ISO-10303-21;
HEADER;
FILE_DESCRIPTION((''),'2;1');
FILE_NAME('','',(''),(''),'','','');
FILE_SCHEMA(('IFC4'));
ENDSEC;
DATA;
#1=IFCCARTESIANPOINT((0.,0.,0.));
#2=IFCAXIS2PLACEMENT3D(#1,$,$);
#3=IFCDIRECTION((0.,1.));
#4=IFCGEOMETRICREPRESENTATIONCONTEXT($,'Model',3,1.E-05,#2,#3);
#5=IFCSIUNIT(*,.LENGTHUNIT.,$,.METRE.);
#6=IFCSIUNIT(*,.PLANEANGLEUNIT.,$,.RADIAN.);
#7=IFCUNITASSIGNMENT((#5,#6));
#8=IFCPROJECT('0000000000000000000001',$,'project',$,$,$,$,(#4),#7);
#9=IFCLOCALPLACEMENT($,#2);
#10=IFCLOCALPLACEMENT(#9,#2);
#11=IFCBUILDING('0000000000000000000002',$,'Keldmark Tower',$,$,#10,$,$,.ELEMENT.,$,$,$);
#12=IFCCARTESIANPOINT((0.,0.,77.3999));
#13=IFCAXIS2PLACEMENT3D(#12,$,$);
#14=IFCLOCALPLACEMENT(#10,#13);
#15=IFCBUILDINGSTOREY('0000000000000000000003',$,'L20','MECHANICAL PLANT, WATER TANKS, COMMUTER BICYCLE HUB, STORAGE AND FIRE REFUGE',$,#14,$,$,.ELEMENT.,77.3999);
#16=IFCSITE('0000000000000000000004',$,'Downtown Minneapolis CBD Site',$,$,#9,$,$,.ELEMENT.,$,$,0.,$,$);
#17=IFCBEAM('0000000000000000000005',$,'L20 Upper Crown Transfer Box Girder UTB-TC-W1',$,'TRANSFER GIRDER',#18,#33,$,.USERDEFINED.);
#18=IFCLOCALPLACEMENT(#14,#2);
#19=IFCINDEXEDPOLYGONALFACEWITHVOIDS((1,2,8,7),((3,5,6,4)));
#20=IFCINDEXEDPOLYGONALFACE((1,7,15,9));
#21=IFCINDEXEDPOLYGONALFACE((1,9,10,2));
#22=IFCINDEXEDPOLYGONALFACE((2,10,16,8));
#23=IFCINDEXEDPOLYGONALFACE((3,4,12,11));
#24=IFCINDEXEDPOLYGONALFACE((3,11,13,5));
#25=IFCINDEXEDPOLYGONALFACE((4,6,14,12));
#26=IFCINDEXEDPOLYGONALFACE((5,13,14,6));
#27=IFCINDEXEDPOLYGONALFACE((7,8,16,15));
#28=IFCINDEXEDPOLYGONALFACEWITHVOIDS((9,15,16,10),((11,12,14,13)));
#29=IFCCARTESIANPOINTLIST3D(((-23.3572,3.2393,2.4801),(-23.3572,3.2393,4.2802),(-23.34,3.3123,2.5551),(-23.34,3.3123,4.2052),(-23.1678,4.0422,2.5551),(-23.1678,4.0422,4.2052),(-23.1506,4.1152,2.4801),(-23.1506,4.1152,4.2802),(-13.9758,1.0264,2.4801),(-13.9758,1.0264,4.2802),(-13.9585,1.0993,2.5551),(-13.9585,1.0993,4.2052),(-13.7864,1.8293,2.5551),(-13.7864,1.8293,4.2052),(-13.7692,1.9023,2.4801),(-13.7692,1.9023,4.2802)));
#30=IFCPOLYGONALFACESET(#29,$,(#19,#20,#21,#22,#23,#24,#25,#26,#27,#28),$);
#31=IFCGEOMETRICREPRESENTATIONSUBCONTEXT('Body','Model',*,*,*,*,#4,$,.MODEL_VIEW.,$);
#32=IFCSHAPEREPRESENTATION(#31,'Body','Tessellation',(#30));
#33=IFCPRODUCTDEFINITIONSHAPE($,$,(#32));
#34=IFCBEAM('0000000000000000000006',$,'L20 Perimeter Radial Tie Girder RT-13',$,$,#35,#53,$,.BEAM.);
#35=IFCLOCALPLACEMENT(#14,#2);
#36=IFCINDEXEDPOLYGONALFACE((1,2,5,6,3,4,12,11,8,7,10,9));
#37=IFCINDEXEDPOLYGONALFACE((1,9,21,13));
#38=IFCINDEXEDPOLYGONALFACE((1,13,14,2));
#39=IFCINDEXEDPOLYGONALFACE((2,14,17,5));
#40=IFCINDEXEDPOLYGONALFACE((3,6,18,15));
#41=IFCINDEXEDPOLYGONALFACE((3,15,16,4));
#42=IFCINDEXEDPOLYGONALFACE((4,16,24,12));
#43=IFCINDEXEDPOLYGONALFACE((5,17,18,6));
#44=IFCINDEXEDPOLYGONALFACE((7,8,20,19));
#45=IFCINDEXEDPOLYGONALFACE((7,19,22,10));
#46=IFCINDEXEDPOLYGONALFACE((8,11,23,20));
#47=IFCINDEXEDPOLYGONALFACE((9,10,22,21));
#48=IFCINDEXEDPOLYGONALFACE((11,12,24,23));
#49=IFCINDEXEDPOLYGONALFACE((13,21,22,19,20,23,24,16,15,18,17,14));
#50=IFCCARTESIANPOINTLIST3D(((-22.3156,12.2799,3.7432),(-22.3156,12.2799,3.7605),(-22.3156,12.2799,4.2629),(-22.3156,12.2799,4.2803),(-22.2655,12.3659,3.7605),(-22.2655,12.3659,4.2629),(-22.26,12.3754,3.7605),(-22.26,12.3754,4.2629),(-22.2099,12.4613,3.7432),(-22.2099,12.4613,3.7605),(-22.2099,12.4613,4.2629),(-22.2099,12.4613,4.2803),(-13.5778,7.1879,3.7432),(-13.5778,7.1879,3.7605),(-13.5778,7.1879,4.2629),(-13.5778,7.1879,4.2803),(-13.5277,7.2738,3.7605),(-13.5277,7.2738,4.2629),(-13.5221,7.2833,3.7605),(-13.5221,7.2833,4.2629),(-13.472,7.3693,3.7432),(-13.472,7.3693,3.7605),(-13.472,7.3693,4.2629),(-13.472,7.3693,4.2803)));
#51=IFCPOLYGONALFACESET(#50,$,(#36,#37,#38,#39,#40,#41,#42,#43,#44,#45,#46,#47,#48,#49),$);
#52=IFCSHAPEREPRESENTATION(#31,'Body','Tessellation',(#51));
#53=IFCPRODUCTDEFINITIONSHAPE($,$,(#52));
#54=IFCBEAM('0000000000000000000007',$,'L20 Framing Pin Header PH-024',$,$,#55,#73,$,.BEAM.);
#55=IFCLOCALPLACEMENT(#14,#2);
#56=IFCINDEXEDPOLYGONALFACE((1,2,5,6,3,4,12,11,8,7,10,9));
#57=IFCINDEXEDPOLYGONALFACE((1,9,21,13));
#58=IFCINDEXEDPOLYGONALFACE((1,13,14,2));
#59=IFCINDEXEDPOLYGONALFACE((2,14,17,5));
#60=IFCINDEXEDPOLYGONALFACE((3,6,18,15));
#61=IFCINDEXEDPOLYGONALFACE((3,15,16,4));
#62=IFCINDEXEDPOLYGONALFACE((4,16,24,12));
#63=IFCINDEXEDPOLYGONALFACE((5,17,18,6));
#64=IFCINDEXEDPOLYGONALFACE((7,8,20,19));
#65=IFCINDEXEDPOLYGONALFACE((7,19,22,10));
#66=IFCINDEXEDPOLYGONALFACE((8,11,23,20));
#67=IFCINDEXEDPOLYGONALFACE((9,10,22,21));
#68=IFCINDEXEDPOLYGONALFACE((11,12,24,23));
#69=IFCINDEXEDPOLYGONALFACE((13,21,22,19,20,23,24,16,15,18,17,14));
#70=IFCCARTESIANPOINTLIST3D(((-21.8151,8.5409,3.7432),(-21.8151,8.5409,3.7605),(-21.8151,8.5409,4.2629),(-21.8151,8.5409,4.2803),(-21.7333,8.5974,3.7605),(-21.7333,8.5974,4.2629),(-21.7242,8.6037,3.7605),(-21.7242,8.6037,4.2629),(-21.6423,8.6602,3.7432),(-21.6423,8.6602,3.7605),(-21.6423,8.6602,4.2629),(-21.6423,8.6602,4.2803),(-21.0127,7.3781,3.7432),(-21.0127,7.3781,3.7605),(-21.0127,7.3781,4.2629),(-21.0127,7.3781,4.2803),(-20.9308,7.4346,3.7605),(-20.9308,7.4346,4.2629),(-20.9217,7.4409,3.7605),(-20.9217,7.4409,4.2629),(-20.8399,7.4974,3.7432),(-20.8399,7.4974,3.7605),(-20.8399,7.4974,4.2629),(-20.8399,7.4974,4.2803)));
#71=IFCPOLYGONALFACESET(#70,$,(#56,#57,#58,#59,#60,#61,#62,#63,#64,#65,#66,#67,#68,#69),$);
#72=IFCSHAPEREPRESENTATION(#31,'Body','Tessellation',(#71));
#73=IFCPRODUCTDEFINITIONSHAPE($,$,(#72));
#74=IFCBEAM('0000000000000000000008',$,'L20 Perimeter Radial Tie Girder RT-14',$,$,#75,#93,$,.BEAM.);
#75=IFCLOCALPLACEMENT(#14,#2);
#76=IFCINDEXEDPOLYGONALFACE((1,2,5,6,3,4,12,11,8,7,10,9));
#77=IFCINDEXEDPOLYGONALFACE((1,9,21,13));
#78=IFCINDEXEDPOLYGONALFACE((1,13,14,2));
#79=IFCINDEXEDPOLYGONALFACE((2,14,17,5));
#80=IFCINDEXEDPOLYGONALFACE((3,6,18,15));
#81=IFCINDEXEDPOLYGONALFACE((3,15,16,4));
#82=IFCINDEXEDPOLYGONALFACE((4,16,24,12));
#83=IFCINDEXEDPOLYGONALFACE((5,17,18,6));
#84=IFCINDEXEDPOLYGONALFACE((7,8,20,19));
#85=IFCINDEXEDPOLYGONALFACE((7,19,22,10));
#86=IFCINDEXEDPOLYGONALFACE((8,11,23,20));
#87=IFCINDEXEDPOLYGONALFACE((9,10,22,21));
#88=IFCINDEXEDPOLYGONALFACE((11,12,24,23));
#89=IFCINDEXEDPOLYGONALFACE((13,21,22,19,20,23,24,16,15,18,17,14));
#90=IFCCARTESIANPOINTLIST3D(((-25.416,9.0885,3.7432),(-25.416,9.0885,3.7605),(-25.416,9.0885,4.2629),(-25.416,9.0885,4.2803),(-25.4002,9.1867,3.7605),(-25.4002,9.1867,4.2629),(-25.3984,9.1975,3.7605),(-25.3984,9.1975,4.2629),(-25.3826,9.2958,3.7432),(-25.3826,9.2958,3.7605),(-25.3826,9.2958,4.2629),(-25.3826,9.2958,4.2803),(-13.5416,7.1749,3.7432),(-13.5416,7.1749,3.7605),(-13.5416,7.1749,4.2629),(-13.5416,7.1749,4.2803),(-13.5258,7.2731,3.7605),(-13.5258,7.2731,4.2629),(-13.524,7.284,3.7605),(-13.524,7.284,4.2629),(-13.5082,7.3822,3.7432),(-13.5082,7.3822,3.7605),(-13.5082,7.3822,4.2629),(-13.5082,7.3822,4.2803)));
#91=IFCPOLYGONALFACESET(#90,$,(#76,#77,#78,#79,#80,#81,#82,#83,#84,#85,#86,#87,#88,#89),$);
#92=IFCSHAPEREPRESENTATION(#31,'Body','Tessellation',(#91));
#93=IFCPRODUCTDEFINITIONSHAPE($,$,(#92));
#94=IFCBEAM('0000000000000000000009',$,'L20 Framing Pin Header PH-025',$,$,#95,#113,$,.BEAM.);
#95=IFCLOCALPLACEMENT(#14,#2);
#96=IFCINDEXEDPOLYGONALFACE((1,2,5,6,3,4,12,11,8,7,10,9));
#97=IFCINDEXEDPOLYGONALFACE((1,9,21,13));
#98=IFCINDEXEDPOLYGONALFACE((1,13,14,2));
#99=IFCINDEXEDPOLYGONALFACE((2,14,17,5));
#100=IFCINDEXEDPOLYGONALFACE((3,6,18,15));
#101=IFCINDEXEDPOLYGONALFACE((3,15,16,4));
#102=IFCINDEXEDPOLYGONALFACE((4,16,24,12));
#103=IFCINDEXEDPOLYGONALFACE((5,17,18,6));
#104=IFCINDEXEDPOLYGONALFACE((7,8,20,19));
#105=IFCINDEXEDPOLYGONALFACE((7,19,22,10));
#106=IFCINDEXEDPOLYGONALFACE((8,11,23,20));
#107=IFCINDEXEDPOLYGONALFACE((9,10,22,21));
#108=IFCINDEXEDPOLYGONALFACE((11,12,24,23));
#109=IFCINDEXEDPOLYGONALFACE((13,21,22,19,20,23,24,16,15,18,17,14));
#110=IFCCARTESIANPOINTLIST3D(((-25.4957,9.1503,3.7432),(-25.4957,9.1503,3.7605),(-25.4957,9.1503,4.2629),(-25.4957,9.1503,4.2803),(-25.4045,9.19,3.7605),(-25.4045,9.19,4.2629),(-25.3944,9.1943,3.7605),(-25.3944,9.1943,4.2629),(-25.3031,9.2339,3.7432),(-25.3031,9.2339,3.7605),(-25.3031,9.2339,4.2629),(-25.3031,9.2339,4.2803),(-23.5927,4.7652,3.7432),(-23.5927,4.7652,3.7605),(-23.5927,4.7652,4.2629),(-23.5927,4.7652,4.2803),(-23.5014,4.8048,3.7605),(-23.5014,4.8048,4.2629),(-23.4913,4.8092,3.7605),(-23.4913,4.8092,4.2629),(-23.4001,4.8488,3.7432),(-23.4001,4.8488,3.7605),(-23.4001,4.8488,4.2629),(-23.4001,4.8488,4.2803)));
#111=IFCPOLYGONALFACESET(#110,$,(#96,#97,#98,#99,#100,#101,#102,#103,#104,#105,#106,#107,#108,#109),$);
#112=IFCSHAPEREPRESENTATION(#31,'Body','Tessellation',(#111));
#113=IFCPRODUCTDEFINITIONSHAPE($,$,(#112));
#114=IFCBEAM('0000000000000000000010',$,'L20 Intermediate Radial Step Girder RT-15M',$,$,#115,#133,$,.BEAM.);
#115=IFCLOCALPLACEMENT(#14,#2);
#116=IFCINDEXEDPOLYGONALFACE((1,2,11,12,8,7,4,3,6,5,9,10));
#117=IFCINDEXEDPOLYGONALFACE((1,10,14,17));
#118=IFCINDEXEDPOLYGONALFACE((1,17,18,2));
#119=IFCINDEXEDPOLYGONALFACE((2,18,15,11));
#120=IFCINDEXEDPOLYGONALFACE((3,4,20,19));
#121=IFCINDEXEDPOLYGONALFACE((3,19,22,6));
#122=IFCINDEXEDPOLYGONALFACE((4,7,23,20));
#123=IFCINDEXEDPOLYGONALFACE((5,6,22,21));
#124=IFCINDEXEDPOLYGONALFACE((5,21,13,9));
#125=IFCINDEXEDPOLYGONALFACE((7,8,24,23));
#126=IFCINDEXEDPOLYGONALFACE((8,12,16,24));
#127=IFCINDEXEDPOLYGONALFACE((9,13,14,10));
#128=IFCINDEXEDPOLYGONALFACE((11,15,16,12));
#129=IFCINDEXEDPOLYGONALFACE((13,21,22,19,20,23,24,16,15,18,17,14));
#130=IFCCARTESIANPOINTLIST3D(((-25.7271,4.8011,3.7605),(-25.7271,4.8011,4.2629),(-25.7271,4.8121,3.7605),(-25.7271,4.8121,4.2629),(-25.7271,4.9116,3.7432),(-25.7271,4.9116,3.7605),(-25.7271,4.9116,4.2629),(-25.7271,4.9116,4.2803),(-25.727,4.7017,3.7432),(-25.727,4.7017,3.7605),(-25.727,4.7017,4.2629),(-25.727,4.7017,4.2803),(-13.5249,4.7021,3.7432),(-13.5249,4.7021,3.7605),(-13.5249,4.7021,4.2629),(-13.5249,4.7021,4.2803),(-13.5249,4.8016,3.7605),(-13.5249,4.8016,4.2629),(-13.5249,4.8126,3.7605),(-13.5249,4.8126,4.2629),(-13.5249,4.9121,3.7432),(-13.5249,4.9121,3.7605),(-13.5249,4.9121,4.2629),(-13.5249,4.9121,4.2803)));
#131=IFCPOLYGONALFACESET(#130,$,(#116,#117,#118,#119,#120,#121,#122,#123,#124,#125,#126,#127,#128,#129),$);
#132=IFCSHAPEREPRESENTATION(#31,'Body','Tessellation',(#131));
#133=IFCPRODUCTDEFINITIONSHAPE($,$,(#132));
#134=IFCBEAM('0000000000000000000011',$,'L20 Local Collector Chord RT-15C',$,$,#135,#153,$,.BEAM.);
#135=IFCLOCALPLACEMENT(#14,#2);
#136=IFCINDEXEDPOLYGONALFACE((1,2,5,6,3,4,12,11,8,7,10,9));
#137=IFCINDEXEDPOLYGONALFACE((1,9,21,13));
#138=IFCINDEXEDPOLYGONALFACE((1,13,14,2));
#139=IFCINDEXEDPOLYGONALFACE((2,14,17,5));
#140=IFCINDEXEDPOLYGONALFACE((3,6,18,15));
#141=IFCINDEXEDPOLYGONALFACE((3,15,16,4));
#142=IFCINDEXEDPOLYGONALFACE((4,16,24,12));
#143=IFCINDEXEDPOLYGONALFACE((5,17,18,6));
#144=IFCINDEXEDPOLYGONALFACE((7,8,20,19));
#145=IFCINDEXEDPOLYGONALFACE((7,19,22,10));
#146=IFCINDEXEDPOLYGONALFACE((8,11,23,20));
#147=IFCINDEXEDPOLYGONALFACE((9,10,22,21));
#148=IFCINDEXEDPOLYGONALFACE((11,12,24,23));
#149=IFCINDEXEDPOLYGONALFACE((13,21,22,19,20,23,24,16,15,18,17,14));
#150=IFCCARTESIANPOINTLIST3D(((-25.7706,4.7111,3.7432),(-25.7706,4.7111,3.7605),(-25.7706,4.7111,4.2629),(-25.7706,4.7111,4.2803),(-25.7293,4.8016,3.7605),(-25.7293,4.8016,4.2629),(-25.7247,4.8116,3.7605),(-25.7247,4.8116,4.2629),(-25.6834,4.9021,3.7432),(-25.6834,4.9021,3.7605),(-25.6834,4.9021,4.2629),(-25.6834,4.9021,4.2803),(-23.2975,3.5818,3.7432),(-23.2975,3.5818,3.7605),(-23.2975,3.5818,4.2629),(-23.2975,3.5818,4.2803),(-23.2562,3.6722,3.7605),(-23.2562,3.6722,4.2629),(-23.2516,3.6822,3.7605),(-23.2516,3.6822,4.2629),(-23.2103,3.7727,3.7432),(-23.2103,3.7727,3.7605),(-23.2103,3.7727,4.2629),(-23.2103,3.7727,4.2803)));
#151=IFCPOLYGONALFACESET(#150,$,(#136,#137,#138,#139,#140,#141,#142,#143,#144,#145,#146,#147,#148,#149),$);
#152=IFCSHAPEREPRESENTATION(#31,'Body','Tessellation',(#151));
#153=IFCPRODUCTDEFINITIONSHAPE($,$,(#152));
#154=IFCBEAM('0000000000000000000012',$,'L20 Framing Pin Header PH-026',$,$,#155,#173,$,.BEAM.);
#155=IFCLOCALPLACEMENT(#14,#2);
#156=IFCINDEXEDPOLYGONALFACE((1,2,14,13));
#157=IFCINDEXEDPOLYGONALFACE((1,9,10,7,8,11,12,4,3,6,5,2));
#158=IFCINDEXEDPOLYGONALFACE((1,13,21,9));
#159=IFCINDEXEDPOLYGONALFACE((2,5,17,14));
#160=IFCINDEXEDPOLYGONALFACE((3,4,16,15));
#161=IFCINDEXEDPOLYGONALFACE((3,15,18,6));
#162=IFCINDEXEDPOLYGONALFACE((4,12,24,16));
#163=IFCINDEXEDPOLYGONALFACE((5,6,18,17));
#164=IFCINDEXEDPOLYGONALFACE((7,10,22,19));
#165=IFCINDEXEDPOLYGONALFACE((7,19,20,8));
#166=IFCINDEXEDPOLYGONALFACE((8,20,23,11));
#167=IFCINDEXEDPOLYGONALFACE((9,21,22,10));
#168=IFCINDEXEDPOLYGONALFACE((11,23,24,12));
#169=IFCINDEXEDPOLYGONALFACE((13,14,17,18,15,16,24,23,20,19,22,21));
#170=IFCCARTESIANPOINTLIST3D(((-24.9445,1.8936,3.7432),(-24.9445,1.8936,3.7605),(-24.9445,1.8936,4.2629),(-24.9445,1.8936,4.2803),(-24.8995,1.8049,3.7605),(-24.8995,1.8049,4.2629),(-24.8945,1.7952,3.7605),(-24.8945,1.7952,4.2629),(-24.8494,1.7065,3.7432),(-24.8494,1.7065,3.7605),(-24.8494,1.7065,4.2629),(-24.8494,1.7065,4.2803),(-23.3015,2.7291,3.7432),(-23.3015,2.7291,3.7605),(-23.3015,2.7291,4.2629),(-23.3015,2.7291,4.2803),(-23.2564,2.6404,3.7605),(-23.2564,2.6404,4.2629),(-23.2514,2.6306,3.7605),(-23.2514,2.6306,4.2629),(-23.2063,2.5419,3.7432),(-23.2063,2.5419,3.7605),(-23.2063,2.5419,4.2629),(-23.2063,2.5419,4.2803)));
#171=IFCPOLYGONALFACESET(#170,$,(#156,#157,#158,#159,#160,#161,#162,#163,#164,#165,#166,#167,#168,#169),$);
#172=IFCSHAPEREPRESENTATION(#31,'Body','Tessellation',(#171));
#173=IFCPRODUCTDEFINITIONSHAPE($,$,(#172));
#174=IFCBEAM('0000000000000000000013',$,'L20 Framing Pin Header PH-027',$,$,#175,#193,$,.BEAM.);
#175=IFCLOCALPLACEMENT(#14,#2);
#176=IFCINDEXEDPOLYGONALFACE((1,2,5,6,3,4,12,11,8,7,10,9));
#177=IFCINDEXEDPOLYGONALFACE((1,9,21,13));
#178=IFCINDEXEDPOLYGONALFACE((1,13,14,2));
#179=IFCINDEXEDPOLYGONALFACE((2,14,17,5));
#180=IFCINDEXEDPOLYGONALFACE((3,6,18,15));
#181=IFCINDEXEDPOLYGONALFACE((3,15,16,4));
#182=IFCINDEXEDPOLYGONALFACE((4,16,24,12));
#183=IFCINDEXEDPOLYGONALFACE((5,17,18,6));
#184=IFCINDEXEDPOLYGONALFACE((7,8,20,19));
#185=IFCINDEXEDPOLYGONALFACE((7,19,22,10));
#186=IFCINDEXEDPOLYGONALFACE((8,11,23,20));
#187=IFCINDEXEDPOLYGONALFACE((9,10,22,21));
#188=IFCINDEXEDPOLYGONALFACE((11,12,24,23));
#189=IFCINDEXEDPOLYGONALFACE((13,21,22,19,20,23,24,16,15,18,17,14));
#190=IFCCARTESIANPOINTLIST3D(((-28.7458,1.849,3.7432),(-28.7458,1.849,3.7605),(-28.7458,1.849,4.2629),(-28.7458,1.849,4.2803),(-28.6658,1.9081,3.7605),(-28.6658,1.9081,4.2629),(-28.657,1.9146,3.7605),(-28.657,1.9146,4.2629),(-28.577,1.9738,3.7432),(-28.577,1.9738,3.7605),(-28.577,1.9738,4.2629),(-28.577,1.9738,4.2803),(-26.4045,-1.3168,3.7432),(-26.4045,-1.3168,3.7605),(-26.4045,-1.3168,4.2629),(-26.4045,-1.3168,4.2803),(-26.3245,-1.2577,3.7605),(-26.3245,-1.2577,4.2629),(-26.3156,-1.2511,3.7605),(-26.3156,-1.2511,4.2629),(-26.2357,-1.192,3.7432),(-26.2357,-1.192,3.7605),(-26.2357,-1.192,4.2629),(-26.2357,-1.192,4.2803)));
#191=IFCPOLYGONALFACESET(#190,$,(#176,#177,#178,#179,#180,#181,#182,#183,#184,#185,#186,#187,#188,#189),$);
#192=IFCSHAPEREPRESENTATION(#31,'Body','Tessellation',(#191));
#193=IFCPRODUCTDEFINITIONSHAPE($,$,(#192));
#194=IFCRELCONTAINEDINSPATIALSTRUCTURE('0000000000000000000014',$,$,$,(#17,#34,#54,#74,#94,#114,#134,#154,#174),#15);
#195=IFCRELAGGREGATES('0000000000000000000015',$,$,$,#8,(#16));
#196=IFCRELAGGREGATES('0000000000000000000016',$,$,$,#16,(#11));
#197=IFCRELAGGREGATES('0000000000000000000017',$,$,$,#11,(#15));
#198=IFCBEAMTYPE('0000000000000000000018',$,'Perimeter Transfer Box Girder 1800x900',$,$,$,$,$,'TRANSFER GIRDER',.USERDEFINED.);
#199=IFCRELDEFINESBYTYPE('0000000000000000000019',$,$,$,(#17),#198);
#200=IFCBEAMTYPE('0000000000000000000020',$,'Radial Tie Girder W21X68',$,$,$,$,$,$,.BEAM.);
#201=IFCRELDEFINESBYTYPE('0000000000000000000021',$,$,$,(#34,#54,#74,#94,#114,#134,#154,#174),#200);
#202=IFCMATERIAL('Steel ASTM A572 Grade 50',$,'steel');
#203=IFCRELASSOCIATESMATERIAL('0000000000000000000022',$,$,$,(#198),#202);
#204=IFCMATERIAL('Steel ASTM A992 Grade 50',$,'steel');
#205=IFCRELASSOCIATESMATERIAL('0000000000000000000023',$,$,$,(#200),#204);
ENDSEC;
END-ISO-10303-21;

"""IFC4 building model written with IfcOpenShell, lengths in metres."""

from ifc_helpers import new_model, si_unit, direction, frame, origin, origin_2d, place, context, subcontext, project, spatial, hollow_rectangle, i_section, extrude, material, material_profile, profile_set, type_object, element, save


model = new_model("IFC4")

# Units and contexts
model_context = context("Model", 3, precision=1e-05, world=origin(), true_north=direction((0.0, 1.0)))
body_context = subcontext(model_context, "Body", "Model", "MODEL_VIEW")
ifc_project = project(units=[si_unit("LENGTHUNIT", "METRE"), si_unit("PLANEANGLEUNIT", "RADIAN")], contexts=[model_context])

# Site, building, storey
site_placement = place(None, origin())
site = spatial("IfcSite", under=ifc_project, at=site_placement, Name="Downtown Minneapolis CBD Site", CompositionType="ELEMENT", RefElevation=0.0)
building_placement = place(site_placement, origin())
building = spatial("IfcBuilding", under=site, at=building_placement, Name="Keldmark Tower", CompositionType="ELEMENT")
storey_placement = place(building_placement, frame((0.0, 0.0, 77.3999)))
storey = spatial("IfcBuildingStorey", under=building, at=storey_placement, Name="L20", Description="MECHANICAL PLANT, WATER TANKS, COMMUTER BICYCLE HUB, STORAGE AND FIRE REFUGE", CompositionType="ELEMENT", Elevation=77.3999)

# Beams
ifc_material_1 = material(Name="Steel ASTM A572 Grade 50", Category="steel")
ifc_material_profile_1 = material_profile(ifc_material_1, hollow_rectangle(XDim=0.8999, YDim=1.8, WallThickness=0.075, at=origin_2d()), Name="TBOX1800X900X75")
ifc_profile_set_1 = profile_set([ifc_material_profile_1], Name="Steel ASTM A572 Grade 50")
beam_type_1 = type_object("IfcBeamType", Name="Perimeter Transfer Box Girder 1800x900", ElementType="TRANSFER GIRDER", PredefinedType="USERDEFINED", material=ifc_profile_set_1)
beam_1_placement = place(storey_placement, frame((-23.2539, 3.6772, 3.3801), z_axis=(0.973289, -0.229581, 0.0), x_axis=(0.229581, 0.973289, 0.0)))
element("IfcBeam", 1, at=beam_1_placement, inside=storey, type_object=beam_type_1, Name="L20 Upper Crown Transfer Box Girder UTB-TC-W1", ObjectType="TRANSFER GIRDER", PredefinedType="USERDEFINED", context=body_context, shape_type="SweptSolid", body=[
    extrude(hollow_rectangle(XDim=0.8999, YDim=1.8, WallThickness=0.075, at=origin_2d()), origin(), (0.0, 0.0, 1.0), 9.6389),
])
ifc_material_2 = material(Name="Steel ASTM A992 Grade 50", Category="steel")
ifc_material_profile_2 = material_profile(ifc_material_2, i_section(OverallWidth=0.21, OverallDepth=0.5371, WebThickness=0.011, FlangeThickness=0.0173, at=origin_2d()), Name="W21X68")
ifc_profile_set_2 = profile_set([ifc_material_profile_2], Name="Steel ASTM A992 Grade 50")
beam_type_2 = type_object("IfcBeamType", Name="Radial Tie Girder W21X68", PredefinedType="BEAM", material=ifc_profile_set_2)
beam_2_placement = place(storey_placement, frame((-13.5249, 7.2786, 4.0117), z_axis=(-0.863994, 0.503502, 0.0), x_axis=(-0.503502, -0.863994, 0.0)))
element("IfcBeam", 2, at=beam_2_placement, inside=storey, type_object=beam_type_2, Name="L20 Perimeter Radial Tie Girder RT-13", PredefinedType="BEAM", context=body_context, shape_type="SweptSolid", body=[
    extrude(i_section(OverallWidth=0.21, OverallDepth=0.5371, WebThickness=0.011, FlangeThickness=0.0173, at=origin_2d()), origin(), (0.0, 0.0, 1.0), 10.1133),
])
beam_3_placement = place(storey_placement, frame((-20.9263, 7.4377, 4.0117), z_axis=(-0.567987, 0.823037, 0.0), x_axis=(-0.823037, -0.567987, 0.0)))
element("IfcBeam", 3, at=beam_3_placement, inside=storey, type_object=beam_type_2, Name="L20 Framing Pin Header PH-024", PredefinedType="BEAM", context=body_context, shape_type="SweptSolid", body=[
    extrude(i_section(OverallWidth=0.21, OverallDepth=0.5371, WebThickness=0.011, FlangeThickness=0.0173, at=origin_2d()), origin(), (0.0, 0.0, 1.0), 1.4128),
])
beam_4_placement = place(storey_placement, frame((-13.5249, 7.2786, 4.0117), z_axis=(-0.987263, 0.159097, 0.0), x_axis=(-0.159097, -0.987263, 0.0)))
element("IfcBeam", 4, at=beam_4_placement, inside=storey, type_object=beam_type_2, Name="L20 Perimeter Radial Tie Girder RT-14", PredefinedType="BEAM", context=body_context, shape_type="SweptSolid", body=[
    extrude(i_section(OverallWidth=0.21, OverallDepth=0.5371, WebThickness=0.011, FlangeThickness=0.0173, at=origin_2d()), origin(), (0.0, 0.0, 1.0), 12.0276),
])
beam_5_placement = place(storey_placement, frame((-25.3994, 9.1921, 4.0117), z_axis=(0.3981, -0.917342, 0.0), x_axis=(0.917342, 0.3981, 0.0)))
element("IfcBeam", 5, at=beam_5_placement, inside=storey, type_object=beam_type_2, Name="L20 Framing Pin Header PH-025", PredefinedType="BEAM", context=body_context, shape_type="SweptSolid", body=[
    extrude(i_section(OverallWidth=0.21, OverallDepth=0.5371, WebThickness=0.011, FlangeThickness=0.0173, at=origin_2d()), origin(), (0.0, 0.0, 1.0), 4.7803),
])
beam_6_placement = place(storey_placement, frame((-13.5249, 4.8071, 4.0117), z_axis=(-1.0, -0.00004, 0.0), x_axis=(0.00004, -1.0, 0.0)))
element("IfcBeam", 6, at=beam_6_placement, inside=storey, type_object=beam_type_2, Name="L20 Intermediate Radial Step Girder RT-15M", PredefinedType="BEAM", context=body_context, shape_type="SweptSolid", body=[
    extrude(i_section(OverallWidth=0.21, OverallDepth=0.5371, WebThickness=0.011, FlangeThickness=0.0173, at=origin_2d()), origin(), (0.0, 0.0, 1.0), 12.2021),
])
beam_7_placement = place(storey_placement, frame((-23.2539, 3.6772, 4.0117), z_axis=(-0.909639, 0.415399, 0.0), x_axis=(-0.415399, -0.909639, 0.0)))
element("IfcBeam", 7, at=beam_7_placement, inside=storey, type_object=beam_type_2, Name="L20 Local Collector Chord RT-15C", PredefinedType="BEAM", context=body_context, shape_type="SweptSolid", body=[
    extrude(i_section(OverallWidth=0.21, OverallDepth=0.5371, WebThickness=0.011, FlangeThickness=0.0173, at=origin_2d()), origin(), (0.0, 0.0, 1.0), 2.7188),
])
beam_8_placement = place(storey_placement, frame((-23.2539, 2.6355, 4.0117), z_axis=(-0.891387, -0.453243, 0.0), x_axis=(0.453243, -0.891387, 0.0)))
element("IfcBeam", 8, at=beam_8_placement, inside=storey, type_object=beam_type_2, Name="L20 Framing Pin Header PH-026", PredefinedType="BEAM", context=body_context, shape_type="SweptSolid", body=[
    extrude(i_section(OverallWidth=0.21, OverallDepth=0.5371, WebThickness=0.011, FlangeThickness=0.0173, at=origin_2d()), origin(), (0.0, 0.0, 1.0), 1.8433),
])
beam_9_placement = place(storey_placement, frame((-28.6614, 1.9114, 4.0117), z_axis=(0.594619, -0.804007, 0.0), x_axis=(0.804007, 0.594619, 0.0)))
element("IfcBeam", 9, at=beam_9_placement, inside=storey, type_object=beam_type_2, Name="L20 Framing Pin Header PH-027", PredefinedType="BEAM", context=body_context, shape_type="SweptSolid", body=[
    extrude(i_section(OverallWidth=0.21, OverallDepth=0.5371, WebThickness=0.011, FlangeThickness=0.0173, at=origin_2d()), origin(), (0.0, 0.0, 1.0), 3.9375),
])

save(model, "model.ifc")
